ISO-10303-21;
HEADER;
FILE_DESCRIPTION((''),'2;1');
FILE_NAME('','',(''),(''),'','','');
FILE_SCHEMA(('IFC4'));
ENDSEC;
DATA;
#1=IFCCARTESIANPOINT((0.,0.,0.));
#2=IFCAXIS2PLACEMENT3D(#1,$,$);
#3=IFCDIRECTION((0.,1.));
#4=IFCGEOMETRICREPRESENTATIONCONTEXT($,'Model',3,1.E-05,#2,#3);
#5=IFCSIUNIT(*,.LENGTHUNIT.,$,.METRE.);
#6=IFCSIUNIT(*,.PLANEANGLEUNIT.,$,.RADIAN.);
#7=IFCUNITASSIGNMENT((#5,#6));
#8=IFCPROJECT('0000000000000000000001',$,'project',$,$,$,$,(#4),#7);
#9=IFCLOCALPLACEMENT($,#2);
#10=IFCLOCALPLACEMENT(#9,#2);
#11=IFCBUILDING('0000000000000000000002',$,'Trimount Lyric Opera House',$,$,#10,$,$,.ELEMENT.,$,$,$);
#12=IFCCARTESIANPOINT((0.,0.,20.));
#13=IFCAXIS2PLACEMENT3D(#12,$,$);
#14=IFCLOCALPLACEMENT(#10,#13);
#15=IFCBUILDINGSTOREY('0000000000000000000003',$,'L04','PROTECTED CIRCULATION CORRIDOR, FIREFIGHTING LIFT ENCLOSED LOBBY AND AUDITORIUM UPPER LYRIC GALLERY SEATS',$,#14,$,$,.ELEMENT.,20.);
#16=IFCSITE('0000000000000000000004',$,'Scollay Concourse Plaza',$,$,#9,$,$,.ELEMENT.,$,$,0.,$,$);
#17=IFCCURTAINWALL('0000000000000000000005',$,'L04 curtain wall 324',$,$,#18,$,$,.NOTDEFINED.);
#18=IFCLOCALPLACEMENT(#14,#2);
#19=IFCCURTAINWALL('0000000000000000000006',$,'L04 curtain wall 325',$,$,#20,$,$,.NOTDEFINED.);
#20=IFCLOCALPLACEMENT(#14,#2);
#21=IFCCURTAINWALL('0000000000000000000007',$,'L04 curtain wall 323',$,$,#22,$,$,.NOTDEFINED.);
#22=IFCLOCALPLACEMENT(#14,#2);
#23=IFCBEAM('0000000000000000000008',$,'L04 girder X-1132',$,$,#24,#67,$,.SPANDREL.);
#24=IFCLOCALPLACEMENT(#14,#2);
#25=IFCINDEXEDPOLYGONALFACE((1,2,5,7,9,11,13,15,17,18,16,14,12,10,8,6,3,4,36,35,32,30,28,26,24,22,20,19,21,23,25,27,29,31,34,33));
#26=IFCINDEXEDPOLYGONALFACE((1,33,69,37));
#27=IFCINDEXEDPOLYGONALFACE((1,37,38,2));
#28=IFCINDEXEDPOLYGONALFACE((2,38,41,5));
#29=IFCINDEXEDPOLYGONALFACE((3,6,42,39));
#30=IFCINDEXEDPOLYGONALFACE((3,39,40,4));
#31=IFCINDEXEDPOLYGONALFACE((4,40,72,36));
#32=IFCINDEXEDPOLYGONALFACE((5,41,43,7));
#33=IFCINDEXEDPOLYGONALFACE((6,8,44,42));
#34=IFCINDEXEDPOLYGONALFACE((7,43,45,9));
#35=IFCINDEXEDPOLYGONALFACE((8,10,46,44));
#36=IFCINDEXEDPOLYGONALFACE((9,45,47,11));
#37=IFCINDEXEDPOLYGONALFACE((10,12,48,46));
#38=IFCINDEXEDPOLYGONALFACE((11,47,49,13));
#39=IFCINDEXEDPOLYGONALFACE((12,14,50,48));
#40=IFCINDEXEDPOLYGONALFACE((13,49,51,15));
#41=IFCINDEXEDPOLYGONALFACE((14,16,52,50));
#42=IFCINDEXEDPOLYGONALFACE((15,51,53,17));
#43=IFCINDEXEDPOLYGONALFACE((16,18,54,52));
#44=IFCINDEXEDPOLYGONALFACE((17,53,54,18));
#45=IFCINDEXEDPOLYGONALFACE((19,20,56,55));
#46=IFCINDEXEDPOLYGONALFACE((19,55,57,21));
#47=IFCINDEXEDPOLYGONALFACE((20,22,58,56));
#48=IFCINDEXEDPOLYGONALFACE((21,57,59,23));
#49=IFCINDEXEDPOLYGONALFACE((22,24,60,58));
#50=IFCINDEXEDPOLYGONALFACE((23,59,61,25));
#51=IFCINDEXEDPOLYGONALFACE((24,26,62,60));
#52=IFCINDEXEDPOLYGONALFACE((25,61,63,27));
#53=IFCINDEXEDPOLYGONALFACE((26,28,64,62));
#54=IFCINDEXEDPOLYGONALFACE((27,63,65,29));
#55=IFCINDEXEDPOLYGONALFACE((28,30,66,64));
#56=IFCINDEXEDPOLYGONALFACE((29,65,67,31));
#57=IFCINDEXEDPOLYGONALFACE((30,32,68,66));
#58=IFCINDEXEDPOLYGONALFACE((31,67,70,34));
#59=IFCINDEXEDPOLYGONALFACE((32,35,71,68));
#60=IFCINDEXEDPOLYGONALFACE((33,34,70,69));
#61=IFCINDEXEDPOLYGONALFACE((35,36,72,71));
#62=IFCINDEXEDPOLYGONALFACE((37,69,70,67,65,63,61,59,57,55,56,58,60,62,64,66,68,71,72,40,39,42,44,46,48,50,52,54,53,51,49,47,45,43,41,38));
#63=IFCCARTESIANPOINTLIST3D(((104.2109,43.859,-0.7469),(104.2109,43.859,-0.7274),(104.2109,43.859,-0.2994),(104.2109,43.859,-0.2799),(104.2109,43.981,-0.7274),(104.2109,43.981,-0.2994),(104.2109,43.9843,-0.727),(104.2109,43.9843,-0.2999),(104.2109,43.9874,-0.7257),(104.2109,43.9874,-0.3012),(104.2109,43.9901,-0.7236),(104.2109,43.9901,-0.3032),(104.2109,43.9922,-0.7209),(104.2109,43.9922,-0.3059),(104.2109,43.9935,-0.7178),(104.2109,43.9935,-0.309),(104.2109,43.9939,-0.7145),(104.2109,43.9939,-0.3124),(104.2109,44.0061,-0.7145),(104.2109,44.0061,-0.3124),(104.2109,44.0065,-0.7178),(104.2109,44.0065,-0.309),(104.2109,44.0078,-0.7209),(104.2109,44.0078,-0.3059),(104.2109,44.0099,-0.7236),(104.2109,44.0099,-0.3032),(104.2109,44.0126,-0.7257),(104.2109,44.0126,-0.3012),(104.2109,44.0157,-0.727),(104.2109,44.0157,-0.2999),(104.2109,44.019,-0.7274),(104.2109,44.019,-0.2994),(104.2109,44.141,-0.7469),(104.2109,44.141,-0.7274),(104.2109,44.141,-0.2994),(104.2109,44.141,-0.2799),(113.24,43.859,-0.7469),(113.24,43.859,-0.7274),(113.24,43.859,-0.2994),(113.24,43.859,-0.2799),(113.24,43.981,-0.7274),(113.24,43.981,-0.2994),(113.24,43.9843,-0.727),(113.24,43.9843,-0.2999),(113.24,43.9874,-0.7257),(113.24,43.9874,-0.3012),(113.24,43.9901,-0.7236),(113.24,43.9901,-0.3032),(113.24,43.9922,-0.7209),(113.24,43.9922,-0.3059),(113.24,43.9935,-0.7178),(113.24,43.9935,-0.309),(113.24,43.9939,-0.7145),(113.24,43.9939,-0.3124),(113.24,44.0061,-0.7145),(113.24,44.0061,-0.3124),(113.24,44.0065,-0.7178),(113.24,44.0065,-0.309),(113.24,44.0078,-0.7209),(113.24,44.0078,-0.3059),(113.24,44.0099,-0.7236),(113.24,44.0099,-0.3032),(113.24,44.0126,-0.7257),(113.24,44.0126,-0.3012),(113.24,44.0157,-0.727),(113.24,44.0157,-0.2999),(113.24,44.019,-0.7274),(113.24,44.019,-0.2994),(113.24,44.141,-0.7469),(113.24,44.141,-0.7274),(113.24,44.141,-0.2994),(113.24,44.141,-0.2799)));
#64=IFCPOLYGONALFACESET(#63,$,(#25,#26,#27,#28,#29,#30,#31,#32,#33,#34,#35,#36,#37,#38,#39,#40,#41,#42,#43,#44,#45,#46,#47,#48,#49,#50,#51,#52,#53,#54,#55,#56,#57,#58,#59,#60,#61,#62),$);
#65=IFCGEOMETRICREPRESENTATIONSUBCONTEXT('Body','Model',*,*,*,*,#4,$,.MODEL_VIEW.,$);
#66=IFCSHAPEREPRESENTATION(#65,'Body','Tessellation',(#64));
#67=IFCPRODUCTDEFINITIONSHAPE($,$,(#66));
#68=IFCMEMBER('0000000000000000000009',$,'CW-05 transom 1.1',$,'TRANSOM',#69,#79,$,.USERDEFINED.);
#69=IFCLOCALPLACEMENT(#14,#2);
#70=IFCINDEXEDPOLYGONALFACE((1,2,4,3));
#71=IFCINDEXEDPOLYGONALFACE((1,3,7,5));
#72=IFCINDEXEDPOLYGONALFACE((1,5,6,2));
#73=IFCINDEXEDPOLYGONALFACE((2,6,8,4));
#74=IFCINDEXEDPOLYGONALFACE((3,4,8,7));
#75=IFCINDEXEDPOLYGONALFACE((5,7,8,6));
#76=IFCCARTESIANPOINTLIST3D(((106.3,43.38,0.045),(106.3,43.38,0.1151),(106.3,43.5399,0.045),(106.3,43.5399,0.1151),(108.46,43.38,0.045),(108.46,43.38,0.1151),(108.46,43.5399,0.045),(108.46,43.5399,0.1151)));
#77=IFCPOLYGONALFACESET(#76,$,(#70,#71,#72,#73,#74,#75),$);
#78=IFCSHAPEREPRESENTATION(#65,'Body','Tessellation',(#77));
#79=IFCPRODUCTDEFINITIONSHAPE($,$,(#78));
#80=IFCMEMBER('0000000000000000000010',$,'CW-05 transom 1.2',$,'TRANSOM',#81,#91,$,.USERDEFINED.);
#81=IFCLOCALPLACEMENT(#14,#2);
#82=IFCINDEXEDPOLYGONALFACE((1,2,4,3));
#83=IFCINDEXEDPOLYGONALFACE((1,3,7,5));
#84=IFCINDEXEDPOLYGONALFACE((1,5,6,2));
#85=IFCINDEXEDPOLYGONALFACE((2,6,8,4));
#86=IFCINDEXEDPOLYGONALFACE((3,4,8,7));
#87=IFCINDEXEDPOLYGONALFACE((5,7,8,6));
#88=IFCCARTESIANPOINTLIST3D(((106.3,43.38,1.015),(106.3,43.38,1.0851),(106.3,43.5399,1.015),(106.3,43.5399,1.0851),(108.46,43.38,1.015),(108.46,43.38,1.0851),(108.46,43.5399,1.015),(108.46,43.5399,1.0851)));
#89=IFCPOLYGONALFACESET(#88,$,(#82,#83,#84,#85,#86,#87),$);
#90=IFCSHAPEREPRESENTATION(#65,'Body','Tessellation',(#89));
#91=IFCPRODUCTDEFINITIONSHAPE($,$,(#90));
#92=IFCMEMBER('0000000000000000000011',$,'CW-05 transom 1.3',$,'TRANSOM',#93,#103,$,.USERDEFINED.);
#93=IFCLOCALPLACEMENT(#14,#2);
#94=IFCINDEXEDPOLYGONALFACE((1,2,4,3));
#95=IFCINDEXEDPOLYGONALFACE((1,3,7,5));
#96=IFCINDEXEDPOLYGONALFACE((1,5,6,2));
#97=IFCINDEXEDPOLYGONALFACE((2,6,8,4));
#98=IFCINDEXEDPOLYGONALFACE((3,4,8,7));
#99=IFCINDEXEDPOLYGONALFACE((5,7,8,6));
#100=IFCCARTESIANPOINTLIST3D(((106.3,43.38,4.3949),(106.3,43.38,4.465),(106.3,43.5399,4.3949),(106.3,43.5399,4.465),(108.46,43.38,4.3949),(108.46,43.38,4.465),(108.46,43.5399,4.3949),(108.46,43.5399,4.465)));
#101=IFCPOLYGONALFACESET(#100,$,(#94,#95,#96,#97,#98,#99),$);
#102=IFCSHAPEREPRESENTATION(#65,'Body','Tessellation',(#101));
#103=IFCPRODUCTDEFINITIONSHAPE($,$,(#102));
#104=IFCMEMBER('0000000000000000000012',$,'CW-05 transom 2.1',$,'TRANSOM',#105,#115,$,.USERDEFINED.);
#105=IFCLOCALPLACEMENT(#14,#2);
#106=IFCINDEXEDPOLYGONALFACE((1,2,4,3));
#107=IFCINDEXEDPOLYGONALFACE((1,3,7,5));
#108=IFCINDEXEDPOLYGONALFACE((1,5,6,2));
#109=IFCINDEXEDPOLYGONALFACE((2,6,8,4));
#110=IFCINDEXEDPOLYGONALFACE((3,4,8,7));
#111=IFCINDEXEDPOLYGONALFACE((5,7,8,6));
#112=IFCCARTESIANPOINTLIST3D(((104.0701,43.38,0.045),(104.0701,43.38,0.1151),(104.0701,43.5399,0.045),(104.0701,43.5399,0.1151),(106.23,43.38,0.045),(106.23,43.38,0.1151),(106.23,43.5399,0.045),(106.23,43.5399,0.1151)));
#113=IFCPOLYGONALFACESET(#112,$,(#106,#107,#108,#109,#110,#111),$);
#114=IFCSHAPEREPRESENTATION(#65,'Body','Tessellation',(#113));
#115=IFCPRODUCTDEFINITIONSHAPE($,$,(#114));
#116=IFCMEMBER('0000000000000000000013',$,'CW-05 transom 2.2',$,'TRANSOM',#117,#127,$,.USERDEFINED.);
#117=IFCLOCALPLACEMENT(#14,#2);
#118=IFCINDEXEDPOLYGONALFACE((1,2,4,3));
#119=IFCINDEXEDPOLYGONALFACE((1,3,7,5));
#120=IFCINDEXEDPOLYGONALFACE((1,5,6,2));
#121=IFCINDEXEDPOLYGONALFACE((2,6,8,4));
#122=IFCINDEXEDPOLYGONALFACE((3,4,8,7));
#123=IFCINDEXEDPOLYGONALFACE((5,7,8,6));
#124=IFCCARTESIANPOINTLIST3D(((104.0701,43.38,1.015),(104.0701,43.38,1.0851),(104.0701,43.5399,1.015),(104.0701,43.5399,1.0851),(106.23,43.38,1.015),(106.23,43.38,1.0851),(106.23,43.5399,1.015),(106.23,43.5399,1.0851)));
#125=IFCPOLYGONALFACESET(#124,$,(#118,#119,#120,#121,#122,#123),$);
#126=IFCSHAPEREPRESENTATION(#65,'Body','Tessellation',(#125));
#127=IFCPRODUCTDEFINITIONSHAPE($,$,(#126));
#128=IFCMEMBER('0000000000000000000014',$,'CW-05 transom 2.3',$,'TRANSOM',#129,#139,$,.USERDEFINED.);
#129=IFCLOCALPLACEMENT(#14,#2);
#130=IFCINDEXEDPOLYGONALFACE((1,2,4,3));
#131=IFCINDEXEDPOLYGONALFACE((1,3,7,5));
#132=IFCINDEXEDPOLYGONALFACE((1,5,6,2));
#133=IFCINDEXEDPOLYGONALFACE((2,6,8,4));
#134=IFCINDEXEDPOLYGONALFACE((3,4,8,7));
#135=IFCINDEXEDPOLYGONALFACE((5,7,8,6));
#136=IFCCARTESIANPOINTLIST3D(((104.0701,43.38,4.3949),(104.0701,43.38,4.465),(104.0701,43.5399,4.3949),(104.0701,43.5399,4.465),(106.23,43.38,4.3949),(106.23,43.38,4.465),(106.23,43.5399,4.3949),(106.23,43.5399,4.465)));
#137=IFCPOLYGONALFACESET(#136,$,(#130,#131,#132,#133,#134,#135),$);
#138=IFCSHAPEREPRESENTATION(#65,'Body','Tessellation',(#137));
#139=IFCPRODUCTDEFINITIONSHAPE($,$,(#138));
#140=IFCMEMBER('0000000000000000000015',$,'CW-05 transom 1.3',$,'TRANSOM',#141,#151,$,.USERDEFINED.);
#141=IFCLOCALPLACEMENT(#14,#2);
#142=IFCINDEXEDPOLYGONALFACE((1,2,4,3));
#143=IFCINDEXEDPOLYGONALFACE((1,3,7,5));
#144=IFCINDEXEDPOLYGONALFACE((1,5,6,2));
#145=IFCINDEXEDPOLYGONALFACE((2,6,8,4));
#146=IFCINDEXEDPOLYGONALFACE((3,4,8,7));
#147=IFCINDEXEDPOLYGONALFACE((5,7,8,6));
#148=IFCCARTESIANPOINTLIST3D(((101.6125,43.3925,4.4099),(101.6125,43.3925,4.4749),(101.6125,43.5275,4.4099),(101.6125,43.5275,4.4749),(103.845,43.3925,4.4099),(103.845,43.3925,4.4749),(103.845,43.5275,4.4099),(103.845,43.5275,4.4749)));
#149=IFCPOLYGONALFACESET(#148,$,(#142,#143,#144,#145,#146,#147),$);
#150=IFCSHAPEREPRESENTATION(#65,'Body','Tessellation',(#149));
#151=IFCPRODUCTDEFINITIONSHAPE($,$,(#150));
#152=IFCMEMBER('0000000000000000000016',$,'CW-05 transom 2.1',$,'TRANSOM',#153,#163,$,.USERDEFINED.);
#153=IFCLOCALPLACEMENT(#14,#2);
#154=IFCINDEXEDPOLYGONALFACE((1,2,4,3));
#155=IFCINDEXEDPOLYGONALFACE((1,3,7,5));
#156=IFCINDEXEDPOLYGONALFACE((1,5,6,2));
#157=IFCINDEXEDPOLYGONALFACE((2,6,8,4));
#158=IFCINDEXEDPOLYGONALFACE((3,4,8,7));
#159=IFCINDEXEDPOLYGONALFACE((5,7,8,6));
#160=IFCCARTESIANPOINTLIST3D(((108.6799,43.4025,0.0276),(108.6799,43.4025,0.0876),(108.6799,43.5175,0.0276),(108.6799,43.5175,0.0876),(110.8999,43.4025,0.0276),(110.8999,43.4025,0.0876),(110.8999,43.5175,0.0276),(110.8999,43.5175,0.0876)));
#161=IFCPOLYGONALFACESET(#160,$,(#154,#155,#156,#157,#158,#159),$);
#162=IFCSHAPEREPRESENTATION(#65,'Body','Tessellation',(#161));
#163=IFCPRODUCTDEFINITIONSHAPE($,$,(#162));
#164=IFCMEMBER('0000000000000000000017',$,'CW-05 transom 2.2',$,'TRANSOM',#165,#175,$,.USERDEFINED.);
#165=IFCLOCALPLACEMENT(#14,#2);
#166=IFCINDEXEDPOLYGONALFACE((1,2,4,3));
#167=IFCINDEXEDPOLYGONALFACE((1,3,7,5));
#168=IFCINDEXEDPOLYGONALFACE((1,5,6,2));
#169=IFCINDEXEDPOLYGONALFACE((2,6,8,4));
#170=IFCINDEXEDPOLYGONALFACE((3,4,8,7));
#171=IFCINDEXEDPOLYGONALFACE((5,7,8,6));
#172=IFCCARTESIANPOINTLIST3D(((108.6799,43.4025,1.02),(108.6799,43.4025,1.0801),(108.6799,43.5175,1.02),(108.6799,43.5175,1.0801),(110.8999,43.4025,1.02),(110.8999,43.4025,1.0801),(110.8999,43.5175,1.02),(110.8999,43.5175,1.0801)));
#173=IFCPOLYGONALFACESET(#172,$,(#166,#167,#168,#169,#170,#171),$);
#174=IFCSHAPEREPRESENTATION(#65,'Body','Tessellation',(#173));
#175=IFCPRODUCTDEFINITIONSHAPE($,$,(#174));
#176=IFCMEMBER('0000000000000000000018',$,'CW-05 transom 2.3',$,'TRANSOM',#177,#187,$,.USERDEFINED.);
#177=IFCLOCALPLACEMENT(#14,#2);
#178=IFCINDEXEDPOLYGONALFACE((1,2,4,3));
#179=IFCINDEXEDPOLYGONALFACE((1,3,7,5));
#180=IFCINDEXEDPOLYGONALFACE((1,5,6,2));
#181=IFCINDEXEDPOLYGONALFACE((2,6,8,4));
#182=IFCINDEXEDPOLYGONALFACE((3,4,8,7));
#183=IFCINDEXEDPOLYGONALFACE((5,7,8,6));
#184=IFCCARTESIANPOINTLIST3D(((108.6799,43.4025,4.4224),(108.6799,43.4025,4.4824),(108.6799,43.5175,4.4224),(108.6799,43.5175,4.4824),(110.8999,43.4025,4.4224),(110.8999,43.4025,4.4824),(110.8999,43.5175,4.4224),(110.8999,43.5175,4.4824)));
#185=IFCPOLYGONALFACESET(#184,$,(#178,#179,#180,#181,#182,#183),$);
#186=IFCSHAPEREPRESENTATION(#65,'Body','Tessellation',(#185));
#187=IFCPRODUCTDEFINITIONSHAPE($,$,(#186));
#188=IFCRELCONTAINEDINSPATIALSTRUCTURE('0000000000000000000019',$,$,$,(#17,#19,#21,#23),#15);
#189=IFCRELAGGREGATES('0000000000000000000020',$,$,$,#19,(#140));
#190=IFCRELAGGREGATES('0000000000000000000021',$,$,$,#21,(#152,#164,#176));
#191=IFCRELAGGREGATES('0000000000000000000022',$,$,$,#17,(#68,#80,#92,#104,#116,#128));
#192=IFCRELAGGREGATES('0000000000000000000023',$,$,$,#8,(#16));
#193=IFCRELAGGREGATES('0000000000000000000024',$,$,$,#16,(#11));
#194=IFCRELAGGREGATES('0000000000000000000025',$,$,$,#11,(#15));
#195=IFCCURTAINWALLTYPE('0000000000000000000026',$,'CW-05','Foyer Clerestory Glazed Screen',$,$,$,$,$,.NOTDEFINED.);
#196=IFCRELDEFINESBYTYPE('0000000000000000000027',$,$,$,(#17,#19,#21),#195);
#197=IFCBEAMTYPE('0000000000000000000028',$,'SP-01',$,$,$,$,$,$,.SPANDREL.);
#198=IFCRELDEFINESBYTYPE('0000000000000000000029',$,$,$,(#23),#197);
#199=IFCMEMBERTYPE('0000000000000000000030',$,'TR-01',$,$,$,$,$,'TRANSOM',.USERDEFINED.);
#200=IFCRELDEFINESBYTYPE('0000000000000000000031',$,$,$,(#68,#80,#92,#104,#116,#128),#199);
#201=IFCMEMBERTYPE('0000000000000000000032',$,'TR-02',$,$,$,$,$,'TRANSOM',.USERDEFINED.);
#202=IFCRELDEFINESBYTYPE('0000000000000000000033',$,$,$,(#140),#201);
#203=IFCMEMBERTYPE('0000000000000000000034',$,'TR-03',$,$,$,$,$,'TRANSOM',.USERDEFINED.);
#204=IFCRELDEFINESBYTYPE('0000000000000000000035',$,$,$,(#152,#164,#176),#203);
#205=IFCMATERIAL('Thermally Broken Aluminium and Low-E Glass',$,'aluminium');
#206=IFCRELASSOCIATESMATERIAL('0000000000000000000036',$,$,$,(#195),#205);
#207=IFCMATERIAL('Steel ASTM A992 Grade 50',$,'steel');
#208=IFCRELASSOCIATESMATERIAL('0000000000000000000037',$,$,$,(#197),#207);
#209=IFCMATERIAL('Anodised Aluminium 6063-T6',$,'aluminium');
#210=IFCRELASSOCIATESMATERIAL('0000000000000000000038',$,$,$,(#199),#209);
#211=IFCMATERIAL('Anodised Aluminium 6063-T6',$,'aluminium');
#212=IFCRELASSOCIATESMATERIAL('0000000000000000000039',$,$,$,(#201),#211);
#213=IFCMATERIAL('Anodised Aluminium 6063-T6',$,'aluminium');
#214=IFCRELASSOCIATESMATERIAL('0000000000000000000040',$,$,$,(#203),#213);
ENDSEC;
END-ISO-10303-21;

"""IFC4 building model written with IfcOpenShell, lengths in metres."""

from ifc_helpers import new_model, si_unit, direction, frame, origin, origin_2d, place, context, subcontext, project, spatial, rectangle, i_section, extrude, material, material_profile, profile_set, type_object, element, aggregate, save


model = new_model("IFC4")

# Units and contexts
model_context = context("Model", 3, precision=1e-05, world=origin(), true_north=direction((0.0, 1.0)))
body_context = subcontext(model_context, "Body", "Model", "MODEL_VIEW")
ifc_project = project(units=[si_unit("LENGTHUNIT", "METRE"), si_unit("PLANEANGLEUNIT", "RADIAN")], contexts=[model_context])

# Site, building, storey
site_placement = place(None, origin())
site = spatial("IfcSite", under=ifc_project, at=site_placement, Name="Scollay Concourse Plaza", CompositionType="ELEMENT", RefElevation=0.0)
building_placement = place(site_placement, origin())
building = spatial("IfcBuilding", under=site, at=building_placement, Name="Trimount Lyric Opera House", CompositionType="ELEMENT")
storey_placement = place(building_placement, frame((0.0, 0.0, 20.0)))
storey = spatial("IfcBuildingStorey", under=building, at=storey_placement, Name="L04", Description="PROTECTED CIRCULATION CORRIDOR, FIREFIGHTING LIFT ENCLOSED LOBBY AND AUDITORIUM UPPER LYRIC GALLERY SEATS", CompositionType="ELEMENT", Elevation=20.0)

# Curtain wall
ifc_material_1 = material(Name="Thermally Broken Aluminium and Low-E Glass", Category="aluminium")
curtain_wall_type = type_object("IfcCurtainWallType", Name="CW-05", Description="Foyer Clerestory Glazed Screen", PredefinedType="NOTDEFINED", material=ifc_material_1)
curtain_wall_1_placement = place(storey_placement, origin())
curtain_wall_1 = element("IfcCurtainWall", 1, at=curtain_wall_1_placement, inside=storey, type_object=curtain_wall_type, Name="L04 curtain wall 324", PredefinedType="NOTDEFINED")

# Curtain wall
curtain_wall_2_placement = place(storey_placement, origin())
curtain_wall_2 = element("IfcCurtainWall", 2, at=curtain_wall_2_placement, inside=storey, type_object=curtain_wall_type, Name="L04 curtain wall 325", PredefinedType="NOTDEFINED")

# Curtain wall
curtain_wall_3_placement = place(storey_placement, origin())
curtain_wall_3 = element("IfcCurtainWall", 3, at=curtain_wall_3_placement, inside=storey, type_object=curtain_wall_type, Name="L04 curtain wall 323", PredefinedType="NOTDEFINED")

# Beam
ifc_material_2 = material(Name="Steel ASTM A992 Grade 50", Category="steel")
ifc_material_profile_1 = material_profile(ifc_material_2, i_section(OverallWidth=0.282, OverallDepth=0.467, WebThickness=0.0122, FlangeThickness=0.0195, FilletRadius=0.0129, at=origin_2d()), Name="W18X86")
ifc_profile_set_1 = profile_set([ifc_material_profile_1], Name="Steel ASTM A992 Grade 50")
beam_type_1 = type_object("IfcBeamType", Name="SP-01", PredefinedType="SPANDREL", material=ifc_profile_set_1)
beam_1_placement = place(storey_placement, frame((104.2109, 44.0, -0.5134), z_axis=(1.0, 0.0, 0.0), x_axis=(0.0, 1.0, 0.0)))
element("IfcBeam", 4, at=beam_1_placement, inside=storey, type_object=beam_type_1, Name="L04 girder X-1132", PredefinedType="SPANDREL", context=body_context, shape_type="SweptSolid", body=[
    extrude(i_section(OverallWidth=0.282, OverallDepth=0.467, WebThickness=0.0122, FlangeThickness=0.0195, FilletRadius=0.0129, at=origin_2d()), origin(), (0.0, 0.0, 1.0), 9.0291),
])

# Members
ifc_material_3 = material(Name="Anodised Aluminium 6063-T6", Category="aluminium")
ifc_material_profile_2 = material_profile(ifc_material_3, rectangle(XDim=0.1599, YDim=0.0701, at=origin_2d()), Name="ALU-TRAN-70X160")
ifc_profile_set_2 = profile_set([ifc_material_profile_2], Name="Anodised Aluminium 6063-T6")
member_type_1 = type_object("IfcMemberType", Name="TR-01", ElementType="TRANSOM", PredefinedType="USERDEFINED", material=ifc_profile_set_2)
member_1_placement = place(storey_placement, frame((108.46, 43.46, 0.0801), z_axis=(-1.0, 0.0, 0.0), x_axis=(0.0, -1.0, 0.0)))
member_1 = element("IfcMember", 5, at=member_1_placement, type_object=member_type_1, Name="CW-05 transom 1.1", ObjectType="TRANSOM", PredefinedType="USERDEFINED", context=body_context, shape_type="SweptSolid", body=[
    extrude(rectangle(XDim=0.1599, YDim=0.0701, at=origin_2d()), origin(), (0.0, 0.0, 1.0), 2.1599),
])
member_2_placement = place(storey_placement, frame((108.46, 43.46, 1.05), z_axis=(-1.0, 0.0, 0.0), x_axis=(0.0, -1.0, 0.0)))
member_2 = element("IfcMember", 6, at=member_2_placement, type_object=member_type_1, Name="CW-05 transom 1.2", ObjectType="TRANSOM", PredefinedType="USERDEFINED", context=body_context, shape_type="SweptSolid", body=[
    extrude(rectangle(XDim=0.1599, YDim=0.0701, at=origin_2d()), origin(), (0.0, 0.0, 1.0), 2.1599),
])
member_3_placement = place(storey_placement, frame((108.46, 43.46, 4.4299), z_axis=(-1.0, 0.0, 0.0), x_axis=(0.0, -1.0, 0.0)))
member_3 = element("IfcMember", 7, at=member_3_placement, type_object=member_type_1, Name="CW-05 transom 1.3", ObjectType="TRANSOM", PredefinedType="USERDEFINED", context=body_context, shape_type="SweptSolid", body=[
    extrude(rectangle(XDim=0.1599, YDim=0.0701, at=origin_2d()), origin(), (0.0, 0.0, 1.0), 2.1599),
])
member_4_placement = place(storey_placement, frame((106.23, 43.46, 0.0801), z_axis=(-1.0, 0.0, 0.0), x_axis=(0.0, -1.0, 0.0)))
member_4 = element("IfcMember", 8, at=member_4_placement, type_object=member_type_1, Name="CW-05 transom 2.1", ObjectType="TRANSOM", PredefinedType="USERDEFINED", context=body_context, shape_type="SweptSolid", body=[
    extrude(rectangle(XDim=0.1599, YDim=0.0701, at=origin_2d()), origin(), (0.0, 0.0, 1.0), 2.1599),
])
member_5_placement = place(storey_placement, frame((106.23, 43.46, 1.05), z_axis=(-1.0, 0.0, 0.0), x_axis=(0.0, -1.0, 0.0)))
member_5 = element("IfcMember", 9, at=member_5_placement, type_object=member_type_1, Name="CW-05 transom 2.2", ObjectType="TRANSOM", PredefinedType="USERDEFINED", context=body_context, shape_type="SweptSolid", body=[
    extrude(rectangle(XDim=0.1599, YDim=0.0701, at=origin_2d()), origin(), (0.0, 0.0, 1.0), 2.1599),
])
member_6_placement = place(storey_placement, frame((106.23, 43.46, 4.4299), z_axis=(-1.0, 0.0, 0.0), x_axis=(0.0, -1.0, 0.0)))
member_6 = element("IfcMember", 10, at=member_6_placement, type_object=member_type_1, Name="CW-05 transom 2.3", ObjectType="TRANSOM", PredefinedType="USERDEFINED", context=body_context, shape_type="SweptSolid", body=[
    extrude(rectangle(XDim=0.1599, YDim=0.0701, at=origin_2d()), origin(), (0.0, 0.0, 1.0), 2.1599),
])
ifc_material_4 = material(Name="Anodised Aluminium 6063-T6", Category="aluminium")
ifc_material_profile_3 = material_profile(ifc_material_4, rectangle(XDim=0.135, YDim=0.0649, at=origin_2d()), Name="ALU-TRAN-65X135")
ifc_profile_set_3 = profile_set([ifc_material_profile_3], Name="Anodised Aluminium 6063-T6")
member_type_2 = type_object("IfcMemberType", Name="TR-02", ElementType="TRANSOM", PredefinedType="USERDEFINED", material=ifc_profile_set_3)
member_7_placement = place(storey_placement, frame((103.845, 43.46, 4.4424), z_axis=(-1.0, 0.0, 0.0), x_axis=(0.0, -1.0, 0.0)))
member_7 = element("IfcMember", 11, at=member_7_placement, type_object=member_type_2, Name="CW-05 transom 1.3", ObjectType="TRANSOM", PredefinedType="USERDEFINED", context=body_context, shape_type="SweptSolid", body=[
    extrude(rectangle(XDim=0.135, YDim=0.0649, at=origin_2d()), origin(), (0.0, 0.0, 1.0), 2.2324),
])
aggregate(curtain_wall_2, [member_7])
ifc_material_5 = material(Name="Anodised Aluminium 6063-T6", Category="aluminium")
ifc_material_profile_4 = material_profile(ifc_material_5, rectangle(XDim=0.115, YDim=0.0601, at=origin_2d()), Name="ALU-TRAN-60X115")
ifc_profile_set_4 = profile_set([ifc_material_profile_4], Name="Anodised Aluminium 6063-T6")
member_type_3 = type_object("IfcMemberType", Name="TR-03", ElementType="TRANSOM", PredefinedType="USERDEFINED", material=ifc_profile_set_4)
member_8_placement = place(storey_placement, frame((110.8999, 43.46, 0.0576), z_axis=(-1.0, 0.0, 0.0), x_axis=(0.0, -1.0, 0.0)))
member_8 = element("IfcMember", 12, at=member_8_placement, type_object=member_type_3, Name="CW-05 transom 2.1", ObjectType="TRANSOM", PredefinedType="USERDEFINED", context=body_context, shape_type="SweptSolid", body=[
    extrude(rectangle(XDim=0.115, YDim=0.0601, at=origin_2d()), origin(), (0.0, 0.0, 1.0), 2.22),
])
member_9_placement = place(storey_placement, frame((110.8999, 43.46, 1.05), z_axis=(-1.0, 0.0, 0.0), x_axis=(0.0, -1.0, 0.0)))
member_9 = element("IfcMember", 13, at=member_9_placement, type_object=member_type_3, Name="CW-05 transom 2.2", ObjectType="TRANSOM", PredefinedType="USERDEFINED", context=body_context, shape_type="SweptSolid", body=[
    extrude(rectangle(XDim=0.115, YDim=0.0601, at=origin_2d()), origin(), (0.0, 0.0, 1.0), 2.22),
])
member_10_placement = place(storey_placement, frame((110.8999, 43.46, 4.4524), z_axis=(-1.0, 0.0, 0.0), x_axis=(0.0, -1.0, 0.0)))
member_10 = element("IfcMember", 14, at=member_10_placement, type_object=member_type_3, Name="CW-05 transom 2.3", ObjectType="TRANSOM", PredefinedType="USERDEFINED", context=body_context, shape_type="SweptSolid", body=[
    extrude(rectangle(XDim=0.115, YDim=0.0601, at=origin_2d()), origin(), (0.0, 0.0, 1.0), 2.22),
])

aggregate(curtain_wall_3, [member_8, member_9, member_10])
aggregate(curtain_wall_1, [member_1, member_2, member_3, member_4, member_5, member_6])

save(model, "model.ifc")
